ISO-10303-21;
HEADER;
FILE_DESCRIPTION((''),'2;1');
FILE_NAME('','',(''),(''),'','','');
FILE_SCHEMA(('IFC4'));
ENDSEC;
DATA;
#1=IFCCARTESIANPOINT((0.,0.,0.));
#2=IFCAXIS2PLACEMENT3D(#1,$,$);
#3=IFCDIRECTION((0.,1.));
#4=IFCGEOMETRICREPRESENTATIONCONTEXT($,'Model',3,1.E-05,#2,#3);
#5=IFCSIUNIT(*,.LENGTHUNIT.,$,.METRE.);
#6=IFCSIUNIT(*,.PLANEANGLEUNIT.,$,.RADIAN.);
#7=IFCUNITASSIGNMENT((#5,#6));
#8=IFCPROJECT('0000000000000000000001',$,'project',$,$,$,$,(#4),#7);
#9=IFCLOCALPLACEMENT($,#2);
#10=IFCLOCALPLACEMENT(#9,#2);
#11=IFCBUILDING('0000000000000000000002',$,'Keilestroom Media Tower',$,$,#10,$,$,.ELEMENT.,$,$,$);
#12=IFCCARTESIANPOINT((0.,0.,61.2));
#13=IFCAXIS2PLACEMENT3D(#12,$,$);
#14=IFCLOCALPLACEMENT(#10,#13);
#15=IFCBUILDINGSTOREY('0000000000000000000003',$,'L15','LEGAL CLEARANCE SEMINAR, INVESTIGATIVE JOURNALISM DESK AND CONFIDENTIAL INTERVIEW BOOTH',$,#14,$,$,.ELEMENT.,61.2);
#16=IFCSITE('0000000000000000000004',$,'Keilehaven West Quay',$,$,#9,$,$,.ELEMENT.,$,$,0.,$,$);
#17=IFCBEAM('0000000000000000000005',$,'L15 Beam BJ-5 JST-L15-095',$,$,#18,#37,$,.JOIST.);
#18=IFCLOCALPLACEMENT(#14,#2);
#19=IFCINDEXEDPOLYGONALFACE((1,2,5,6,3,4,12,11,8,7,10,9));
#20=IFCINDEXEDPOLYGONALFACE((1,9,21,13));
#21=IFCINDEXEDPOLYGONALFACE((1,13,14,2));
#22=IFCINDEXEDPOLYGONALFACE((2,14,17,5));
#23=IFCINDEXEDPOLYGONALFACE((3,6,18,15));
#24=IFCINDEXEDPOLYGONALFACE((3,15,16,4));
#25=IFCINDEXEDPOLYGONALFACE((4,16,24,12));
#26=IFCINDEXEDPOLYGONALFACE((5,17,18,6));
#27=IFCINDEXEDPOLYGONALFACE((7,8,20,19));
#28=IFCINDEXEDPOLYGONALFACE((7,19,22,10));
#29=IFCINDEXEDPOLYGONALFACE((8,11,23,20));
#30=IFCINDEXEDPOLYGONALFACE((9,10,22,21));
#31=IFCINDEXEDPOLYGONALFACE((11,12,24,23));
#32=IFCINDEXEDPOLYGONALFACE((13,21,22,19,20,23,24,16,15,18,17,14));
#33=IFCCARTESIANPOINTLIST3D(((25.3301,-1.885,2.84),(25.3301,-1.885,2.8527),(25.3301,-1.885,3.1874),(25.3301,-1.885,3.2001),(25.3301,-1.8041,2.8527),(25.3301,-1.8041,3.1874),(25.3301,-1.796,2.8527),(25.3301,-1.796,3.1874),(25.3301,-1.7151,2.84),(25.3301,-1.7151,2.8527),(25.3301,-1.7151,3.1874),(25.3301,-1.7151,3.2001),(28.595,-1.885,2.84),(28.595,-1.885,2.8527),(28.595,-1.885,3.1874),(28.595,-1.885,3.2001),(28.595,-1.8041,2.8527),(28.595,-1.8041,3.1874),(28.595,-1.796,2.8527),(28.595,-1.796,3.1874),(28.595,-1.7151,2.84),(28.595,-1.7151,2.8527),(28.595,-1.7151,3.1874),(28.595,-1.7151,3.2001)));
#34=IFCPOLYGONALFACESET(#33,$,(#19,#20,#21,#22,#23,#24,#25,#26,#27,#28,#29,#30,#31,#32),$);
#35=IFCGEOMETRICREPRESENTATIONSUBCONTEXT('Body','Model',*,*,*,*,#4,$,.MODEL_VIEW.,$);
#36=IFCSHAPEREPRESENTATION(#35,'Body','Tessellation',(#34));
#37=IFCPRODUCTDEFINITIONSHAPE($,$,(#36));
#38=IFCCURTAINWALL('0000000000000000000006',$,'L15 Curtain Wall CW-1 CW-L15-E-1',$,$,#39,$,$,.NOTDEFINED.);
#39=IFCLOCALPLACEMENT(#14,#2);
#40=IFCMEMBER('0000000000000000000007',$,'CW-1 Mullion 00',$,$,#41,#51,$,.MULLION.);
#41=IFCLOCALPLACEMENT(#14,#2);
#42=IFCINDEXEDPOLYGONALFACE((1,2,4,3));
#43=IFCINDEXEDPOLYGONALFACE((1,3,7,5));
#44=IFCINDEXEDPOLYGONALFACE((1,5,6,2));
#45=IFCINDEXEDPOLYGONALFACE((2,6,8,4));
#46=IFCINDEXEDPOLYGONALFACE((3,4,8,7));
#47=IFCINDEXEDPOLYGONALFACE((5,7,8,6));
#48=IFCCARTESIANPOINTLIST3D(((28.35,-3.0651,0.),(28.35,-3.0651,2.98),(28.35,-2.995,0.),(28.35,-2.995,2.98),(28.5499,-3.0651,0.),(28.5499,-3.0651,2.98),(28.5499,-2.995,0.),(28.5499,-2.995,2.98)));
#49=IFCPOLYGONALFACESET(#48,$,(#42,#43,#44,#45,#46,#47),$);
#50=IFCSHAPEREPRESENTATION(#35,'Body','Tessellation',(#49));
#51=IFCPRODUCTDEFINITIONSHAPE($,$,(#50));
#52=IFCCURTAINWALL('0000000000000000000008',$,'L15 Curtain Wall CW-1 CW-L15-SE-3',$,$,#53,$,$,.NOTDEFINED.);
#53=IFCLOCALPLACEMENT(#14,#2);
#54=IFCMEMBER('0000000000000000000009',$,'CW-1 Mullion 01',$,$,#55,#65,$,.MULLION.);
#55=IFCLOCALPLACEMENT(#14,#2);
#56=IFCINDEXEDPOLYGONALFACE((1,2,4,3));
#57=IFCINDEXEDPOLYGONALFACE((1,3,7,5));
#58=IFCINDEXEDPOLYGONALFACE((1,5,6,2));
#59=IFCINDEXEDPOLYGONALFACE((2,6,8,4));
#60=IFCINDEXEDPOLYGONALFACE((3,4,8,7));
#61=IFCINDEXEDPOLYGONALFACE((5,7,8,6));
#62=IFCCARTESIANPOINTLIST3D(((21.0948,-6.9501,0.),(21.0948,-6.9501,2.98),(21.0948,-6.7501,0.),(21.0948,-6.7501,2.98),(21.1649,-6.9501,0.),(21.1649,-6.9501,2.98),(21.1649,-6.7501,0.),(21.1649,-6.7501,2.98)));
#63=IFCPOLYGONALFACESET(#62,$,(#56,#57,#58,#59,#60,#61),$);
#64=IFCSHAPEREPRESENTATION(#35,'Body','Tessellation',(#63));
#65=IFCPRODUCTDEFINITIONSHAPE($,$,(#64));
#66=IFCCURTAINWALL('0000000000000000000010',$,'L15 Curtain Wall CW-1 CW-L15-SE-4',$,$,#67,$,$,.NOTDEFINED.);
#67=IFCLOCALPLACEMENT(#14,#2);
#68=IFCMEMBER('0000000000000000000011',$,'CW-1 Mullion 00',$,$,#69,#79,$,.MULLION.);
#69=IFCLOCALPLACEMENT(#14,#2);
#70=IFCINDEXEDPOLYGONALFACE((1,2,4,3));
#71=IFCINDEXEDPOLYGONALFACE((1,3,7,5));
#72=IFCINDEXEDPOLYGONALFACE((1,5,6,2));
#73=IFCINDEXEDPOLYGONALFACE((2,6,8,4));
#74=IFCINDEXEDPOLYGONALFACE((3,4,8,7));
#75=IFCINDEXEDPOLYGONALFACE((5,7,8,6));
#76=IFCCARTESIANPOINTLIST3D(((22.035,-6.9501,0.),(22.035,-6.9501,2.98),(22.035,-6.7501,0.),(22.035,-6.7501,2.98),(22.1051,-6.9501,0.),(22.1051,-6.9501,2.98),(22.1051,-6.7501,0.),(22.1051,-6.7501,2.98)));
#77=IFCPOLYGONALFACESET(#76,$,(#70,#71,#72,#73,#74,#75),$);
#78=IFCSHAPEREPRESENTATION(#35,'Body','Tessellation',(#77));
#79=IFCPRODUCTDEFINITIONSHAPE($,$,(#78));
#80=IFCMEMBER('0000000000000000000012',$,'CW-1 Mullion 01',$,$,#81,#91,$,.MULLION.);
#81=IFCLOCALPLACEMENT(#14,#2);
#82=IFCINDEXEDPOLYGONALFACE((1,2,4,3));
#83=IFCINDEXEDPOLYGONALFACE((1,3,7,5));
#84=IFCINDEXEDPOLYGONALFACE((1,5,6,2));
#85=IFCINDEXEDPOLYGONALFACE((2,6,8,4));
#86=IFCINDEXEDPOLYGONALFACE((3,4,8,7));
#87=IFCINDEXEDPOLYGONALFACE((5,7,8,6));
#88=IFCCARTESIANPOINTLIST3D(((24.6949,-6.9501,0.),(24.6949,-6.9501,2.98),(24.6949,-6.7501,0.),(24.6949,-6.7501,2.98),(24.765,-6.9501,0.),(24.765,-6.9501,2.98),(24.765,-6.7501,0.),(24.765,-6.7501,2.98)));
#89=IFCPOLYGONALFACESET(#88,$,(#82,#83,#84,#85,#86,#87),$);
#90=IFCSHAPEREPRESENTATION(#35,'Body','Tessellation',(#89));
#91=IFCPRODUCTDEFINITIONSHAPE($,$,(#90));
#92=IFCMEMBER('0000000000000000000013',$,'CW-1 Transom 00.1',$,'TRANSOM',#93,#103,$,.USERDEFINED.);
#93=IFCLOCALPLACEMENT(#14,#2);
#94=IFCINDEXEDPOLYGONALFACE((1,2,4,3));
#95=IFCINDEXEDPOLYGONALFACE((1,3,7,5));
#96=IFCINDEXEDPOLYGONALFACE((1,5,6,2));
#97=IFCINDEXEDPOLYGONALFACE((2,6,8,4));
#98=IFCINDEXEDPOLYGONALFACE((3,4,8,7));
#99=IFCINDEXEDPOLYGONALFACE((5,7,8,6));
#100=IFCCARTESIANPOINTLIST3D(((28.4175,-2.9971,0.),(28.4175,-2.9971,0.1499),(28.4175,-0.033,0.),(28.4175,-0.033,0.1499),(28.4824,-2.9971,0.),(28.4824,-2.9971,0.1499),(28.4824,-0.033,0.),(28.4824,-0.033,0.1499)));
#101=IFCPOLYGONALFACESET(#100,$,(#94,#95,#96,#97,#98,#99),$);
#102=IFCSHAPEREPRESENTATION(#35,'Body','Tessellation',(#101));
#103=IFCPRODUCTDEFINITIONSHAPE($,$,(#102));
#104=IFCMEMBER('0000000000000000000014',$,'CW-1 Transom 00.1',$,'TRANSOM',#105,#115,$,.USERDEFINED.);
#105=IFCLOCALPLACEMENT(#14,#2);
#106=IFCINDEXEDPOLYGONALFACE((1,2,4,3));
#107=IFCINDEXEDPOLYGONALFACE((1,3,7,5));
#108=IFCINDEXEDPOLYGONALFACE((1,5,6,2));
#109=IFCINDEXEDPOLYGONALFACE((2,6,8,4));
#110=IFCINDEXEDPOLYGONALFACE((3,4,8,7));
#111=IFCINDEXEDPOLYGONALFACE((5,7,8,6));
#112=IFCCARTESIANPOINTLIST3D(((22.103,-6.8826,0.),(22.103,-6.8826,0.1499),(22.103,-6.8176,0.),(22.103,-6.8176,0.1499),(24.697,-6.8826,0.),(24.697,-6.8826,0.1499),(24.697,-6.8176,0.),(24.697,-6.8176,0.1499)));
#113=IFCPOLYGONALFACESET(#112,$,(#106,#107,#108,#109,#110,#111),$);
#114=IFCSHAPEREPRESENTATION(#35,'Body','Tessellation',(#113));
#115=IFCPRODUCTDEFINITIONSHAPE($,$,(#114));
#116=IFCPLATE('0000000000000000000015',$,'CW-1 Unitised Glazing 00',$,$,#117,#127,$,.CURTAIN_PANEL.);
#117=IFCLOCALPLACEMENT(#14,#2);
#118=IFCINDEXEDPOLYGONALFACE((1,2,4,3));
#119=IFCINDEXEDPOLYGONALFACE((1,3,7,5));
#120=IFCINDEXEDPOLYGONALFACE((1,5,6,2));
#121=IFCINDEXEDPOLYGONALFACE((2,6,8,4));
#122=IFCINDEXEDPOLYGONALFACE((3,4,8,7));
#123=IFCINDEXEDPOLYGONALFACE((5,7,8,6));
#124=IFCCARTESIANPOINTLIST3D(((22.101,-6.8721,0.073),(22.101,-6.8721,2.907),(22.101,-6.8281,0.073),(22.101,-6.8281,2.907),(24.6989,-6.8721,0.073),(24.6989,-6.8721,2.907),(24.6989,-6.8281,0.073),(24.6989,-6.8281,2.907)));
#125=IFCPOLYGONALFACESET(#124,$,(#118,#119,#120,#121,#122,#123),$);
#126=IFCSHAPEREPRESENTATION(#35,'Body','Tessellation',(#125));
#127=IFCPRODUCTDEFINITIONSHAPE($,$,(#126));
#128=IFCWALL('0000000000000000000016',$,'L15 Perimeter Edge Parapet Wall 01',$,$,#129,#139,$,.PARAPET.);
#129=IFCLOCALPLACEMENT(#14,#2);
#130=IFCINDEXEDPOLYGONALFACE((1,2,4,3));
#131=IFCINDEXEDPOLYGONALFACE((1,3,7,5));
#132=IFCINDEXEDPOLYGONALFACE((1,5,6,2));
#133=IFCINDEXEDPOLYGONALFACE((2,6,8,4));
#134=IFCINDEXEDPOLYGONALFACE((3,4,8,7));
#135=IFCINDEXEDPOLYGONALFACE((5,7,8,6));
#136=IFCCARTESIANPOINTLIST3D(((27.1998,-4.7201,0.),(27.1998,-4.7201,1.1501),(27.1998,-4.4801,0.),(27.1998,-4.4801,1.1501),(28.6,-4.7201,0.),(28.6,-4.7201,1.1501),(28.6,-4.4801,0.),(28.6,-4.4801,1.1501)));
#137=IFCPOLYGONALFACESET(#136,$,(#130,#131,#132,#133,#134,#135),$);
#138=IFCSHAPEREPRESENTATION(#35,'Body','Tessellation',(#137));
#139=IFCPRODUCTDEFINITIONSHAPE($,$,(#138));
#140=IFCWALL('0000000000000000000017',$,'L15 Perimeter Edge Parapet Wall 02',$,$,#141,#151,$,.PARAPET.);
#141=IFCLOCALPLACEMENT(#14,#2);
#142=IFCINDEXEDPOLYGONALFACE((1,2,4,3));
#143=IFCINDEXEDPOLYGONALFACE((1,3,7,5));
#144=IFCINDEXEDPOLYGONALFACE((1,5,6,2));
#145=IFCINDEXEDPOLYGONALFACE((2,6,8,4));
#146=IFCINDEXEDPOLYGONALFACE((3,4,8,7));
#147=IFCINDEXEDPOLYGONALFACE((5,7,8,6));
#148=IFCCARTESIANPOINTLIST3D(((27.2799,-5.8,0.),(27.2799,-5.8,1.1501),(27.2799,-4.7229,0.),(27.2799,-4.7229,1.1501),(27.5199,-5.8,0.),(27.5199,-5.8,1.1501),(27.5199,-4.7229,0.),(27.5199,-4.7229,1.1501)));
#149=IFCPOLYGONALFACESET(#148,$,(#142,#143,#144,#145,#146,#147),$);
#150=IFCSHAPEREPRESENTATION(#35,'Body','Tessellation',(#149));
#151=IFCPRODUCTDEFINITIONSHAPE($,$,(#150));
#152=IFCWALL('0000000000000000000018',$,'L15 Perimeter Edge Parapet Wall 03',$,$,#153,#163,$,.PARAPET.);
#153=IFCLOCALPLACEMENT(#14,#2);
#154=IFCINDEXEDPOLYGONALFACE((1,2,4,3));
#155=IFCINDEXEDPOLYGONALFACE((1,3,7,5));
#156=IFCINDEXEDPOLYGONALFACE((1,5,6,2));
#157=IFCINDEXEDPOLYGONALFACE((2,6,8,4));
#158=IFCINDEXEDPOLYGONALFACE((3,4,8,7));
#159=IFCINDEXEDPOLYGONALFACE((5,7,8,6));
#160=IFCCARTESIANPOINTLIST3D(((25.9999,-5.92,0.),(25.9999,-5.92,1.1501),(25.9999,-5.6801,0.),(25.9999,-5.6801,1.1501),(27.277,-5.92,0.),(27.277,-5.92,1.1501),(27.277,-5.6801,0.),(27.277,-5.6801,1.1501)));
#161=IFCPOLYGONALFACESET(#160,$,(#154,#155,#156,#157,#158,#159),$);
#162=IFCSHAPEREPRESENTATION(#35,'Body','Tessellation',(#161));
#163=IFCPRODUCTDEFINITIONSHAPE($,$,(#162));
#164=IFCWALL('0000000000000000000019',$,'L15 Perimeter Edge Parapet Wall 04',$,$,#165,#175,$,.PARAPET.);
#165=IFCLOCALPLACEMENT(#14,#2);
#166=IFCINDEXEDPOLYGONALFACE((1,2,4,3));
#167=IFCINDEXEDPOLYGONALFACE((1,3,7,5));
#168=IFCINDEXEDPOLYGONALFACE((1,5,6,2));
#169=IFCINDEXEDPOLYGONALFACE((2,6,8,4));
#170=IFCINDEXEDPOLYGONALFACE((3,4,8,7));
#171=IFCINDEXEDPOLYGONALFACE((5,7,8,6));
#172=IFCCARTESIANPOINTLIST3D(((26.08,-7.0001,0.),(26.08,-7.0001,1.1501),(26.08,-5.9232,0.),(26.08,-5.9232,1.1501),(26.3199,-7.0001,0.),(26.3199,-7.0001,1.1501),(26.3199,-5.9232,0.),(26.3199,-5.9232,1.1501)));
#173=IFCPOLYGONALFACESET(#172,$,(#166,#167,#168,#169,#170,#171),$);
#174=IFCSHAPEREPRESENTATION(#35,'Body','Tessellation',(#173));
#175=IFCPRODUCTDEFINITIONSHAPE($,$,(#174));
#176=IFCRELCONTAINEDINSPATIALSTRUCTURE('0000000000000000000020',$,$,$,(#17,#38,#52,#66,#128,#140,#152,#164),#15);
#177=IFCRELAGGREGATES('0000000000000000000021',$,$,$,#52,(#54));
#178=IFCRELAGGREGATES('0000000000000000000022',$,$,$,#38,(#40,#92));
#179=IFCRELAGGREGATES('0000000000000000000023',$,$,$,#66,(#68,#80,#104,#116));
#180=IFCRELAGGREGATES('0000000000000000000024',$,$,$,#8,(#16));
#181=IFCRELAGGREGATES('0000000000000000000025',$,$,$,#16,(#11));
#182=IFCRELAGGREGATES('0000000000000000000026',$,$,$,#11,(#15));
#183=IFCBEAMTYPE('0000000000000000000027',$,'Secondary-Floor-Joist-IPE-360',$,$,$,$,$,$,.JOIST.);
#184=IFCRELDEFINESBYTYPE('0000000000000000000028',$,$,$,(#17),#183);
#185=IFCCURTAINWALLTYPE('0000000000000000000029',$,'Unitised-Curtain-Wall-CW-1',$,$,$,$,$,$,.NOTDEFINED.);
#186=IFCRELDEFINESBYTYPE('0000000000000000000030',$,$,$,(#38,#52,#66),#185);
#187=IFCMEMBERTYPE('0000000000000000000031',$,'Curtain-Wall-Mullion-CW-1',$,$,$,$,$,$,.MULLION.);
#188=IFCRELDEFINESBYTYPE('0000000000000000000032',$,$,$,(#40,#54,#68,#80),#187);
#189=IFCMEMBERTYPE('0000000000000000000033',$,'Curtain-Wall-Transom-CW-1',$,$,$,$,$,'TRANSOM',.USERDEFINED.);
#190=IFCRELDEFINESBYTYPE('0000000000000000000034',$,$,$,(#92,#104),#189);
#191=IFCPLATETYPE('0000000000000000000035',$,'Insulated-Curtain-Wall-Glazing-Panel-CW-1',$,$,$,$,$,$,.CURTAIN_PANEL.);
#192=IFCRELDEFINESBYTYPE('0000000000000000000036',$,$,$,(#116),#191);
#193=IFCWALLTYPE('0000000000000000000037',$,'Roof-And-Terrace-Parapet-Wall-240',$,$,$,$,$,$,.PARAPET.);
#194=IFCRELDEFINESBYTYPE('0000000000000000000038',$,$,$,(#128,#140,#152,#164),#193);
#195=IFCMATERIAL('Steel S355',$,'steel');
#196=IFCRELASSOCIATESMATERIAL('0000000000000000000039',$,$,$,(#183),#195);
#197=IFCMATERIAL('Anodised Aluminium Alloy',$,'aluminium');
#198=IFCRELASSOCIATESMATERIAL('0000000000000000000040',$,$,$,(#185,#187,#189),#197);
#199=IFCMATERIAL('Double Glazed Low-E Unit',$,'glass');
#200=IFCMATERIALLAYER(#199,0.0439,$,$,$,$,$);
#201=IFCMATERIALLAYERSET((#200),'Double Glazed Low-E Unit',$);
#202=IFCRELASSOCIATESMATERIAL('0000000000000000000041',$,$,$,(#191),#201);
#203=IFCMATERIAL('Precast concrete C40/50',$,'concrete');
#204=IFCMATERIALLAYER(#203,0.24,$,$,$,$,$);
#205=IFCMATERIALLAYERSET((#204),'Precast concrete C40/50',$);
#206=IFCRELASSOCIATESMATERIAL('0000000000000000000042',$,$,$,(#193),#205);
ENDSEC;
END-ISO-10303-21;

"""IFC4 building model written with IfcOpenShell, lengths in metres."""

from ifc_helpers import new_model, si_unit, direction, frame, frame_2d, origin, origin_2d, place, context, subcontext, project, spatial, rectangle, i_section, extrude, source, transform, mapped, material, layer, layer_set, material_profile, profile_set, type_object, element, aggregate, save


model = new_model("IFC4")

# Units and contexts
model_context = context("Model", 3, precision=1e-05, world=origin(), true_north=direction((0.0, 1.0)))
body_context = subcontext(model_context, "Body", "Model", "MODEL_VIEW")
ifc_project = project(units=[si_unit("LENGTHUNIT", "METRE"), si_unit("PLANEANGLEUNIT", "RADIAN")], contexts=[model_context])

# Site, building, storey
site_placement = place(None, origin())
site = spatial("IfcSite", under=ifc_project, at=site_placement, Name="Keilehaven West Quay", CompositionType="ELEMENT", RefElevation=0.0)
building_placement = place(site_placement, origin())
building = spatial("IfcBuilding", under=site, at=building_placement, Name="Keilestroom Media Tower", CompositionType="ELEMENT")
storey_placement = place(building_placement, frame((0.0, 0.0, 61.2)))
storey = spatial("IfcBuildingStorey", under=building, at=storey_placement, Name="L15", Description="LEGAL CLEARANCE SEMINAR, INVESTIGATIVE JOURNALISM DESK AND CONFIDENTIAL INTERVIEW BOOTH", CompositionType="ELEMENT", Elevation=61.2)

# Shared definitions
ifc_material_1 = material(Name="Precast concrete C40/50", Category="concrete")

# Beam
ifc_material_2 = material(Name="Steel S355", Category="steel")
ifc_material_profile_1 = material_profile(ifc_material_2, i_section(OverallWidth=0.1699, OverallDepth=0.3601, WebThickness=0.0081, FlangeThickness=0.0127, at=origin_2d()), Name="IPE 360")
ifc_profile_set_1 = profile_set([ifc_material_profile_1], Name="Steel S355")
beam_type_1 = type_object("IfcBeamType", Name="Secondary-Floor-Joist-IPE-360", PredefinedType="JOIST", material=ifc_profile_set_1)
shared_shape_1 = source(origin(), body_context, "Body", "SweptSolid", [
    extrude(i_section(OverallWidth=0.1699, OverallDepth=0.3601, WebThickness=0.0081, FlangeThickness=0.0127, at=origin_2d()), origin(), (0.0, 0.0, 1.0), 3.2649),
])
beam_1_placement = place(storey_placement, frame((25.3301, -1.8, 3.02), z_axis=(1.0, 0.0, 0.0), x_axis=(0.0, 1.0, 0.0)))
element("IfcBeam", 1, at=beam_1_placement, inside=storey, type_object=beam_type_1, Name="L15 Beam BJ-5 JST-L15-095", PredefinedType="JOIST", context=body_context, shape_type="MappedRepresentation", body=[
    mapped(shared_shape_1, transform((0.0, 0.0, 0.0), x_axis=(1.0, 0.0, 0.0), y_axis=(0.0, 1.0, 0.0), z_axis=(0.0, 0.0, 1.0), scale=1.0)),
])

# Curtain walls, members
ifc_material_3 = material(Name="Anodised Aluminium Alloy", Category="aluminium")
curtain_wall_type = type_object("IfcCurtainWallType", Name="Unitised-Curtain-Wall-CW-1", PredefinedType="NOTDEFINED", material=ifc_material_3)
curtain_wall_1_placement = place(storey_placement, origin())
curtain_wall_1 = element("IfcCurtainWall", 2, at=curtain_wall_1_placement, inside=storey, type_object=curtain_wall_type, Name="L15 Curtain Wall CW-1 CW-L15-E-1", PredefinedType="NOTDEFINED")
ifc_material_profile_2 = material_profile(ifc_material_3, rectangle(XDim=0.0701, YDim=0.2, at=origin_2d()), Name="ALU MULLION 70x200")
ifc_profile_set_2 = profile_set([ifc_material_profile_2], Name="Anodised Aluminium Alloy")
member_type_1 = type_object("IfcMemberType", Name="Curtain-Wall-Mullion-CW-1", PredefinedType="MULLION", material=ifc_profile_set_2)
shared_shape_2 = source(origin(), body_context, "Body", "SweptSolid", [
    extrude(rectangle(XDim=0.0701, YDim=0.2, at=origin_2d()), origin(), (0.0, 0.0, 1.0), 2.98),
])
member_1_placement = place(storey_placement, frame((28.45, -3.03, 0.0), z_axis=(0.0, 0.0, 1.0), x_axis=(0.0, 1.0, 0.0)))
member_1 = element("IfcMember", 3, at=member_1_placement, type_object=member_type_1, Name="CW-1 Mullion 00", PredefinedType="MULLION", context=body_context, shape_type="MappedRepresentation", body=[
    mapped(shared_shape_2, transform((0.0, 0.0, 0.0), x_axis=(1.0, 0.0, 0.0), y_axis=(0.0, 1.0, 0.0), z_axis=(0.0, 0.0, 1.0), scale=1.0)),
])
curtain_wall_2_placement = place(storey_placement, origin())
curtain_wall_2 = element("IfcCurtainWall", 4, at=curtain_wall_2_placement, inside=storey, type_object=curtain_wall_type, Name="L15 Curtain Wall CW-1 CW-L15-SE-3", PredefinedType="NOTDEFINED")
member_2_placement = place(storey_placement, frame((21.1299, -6.8501, 0.0), z_axis=(0.0, 0.0, 1.0), x_axis=(1.0, 0.0, 0.0)))
member_2 = element("IfcMember", 5, at=member_2_placement, type_object=member_type_1, Name="CW-1 Mullion 01", PredefinedType="MULLION", context=body_context, shape_type="MappedRepresentation", body=[
    mapped(shared_shape_2, transform((0.0, 0.0, 0.0), x_axis=(1.0, 0.0, 0.0), y_axis=(0.0, 1.0, 0.0), z_axis=(0.0, 0.0, 1.0), scale=1.0)),
])
aggregate(curtain_wall_2, [member_2])

# Curtain wall, members
curtain_wall_3_placement = place(storey_placement, origin())
curtain_wall_3 = element("IfcCurtainWall", 6, at=curtain_wall_3_placement, inside=storey, type_object=curtain_wall_type, Name="L15 Curtain Wall CW-1 CW-L15-SE-4", PredefinedType="NOTDEFINED")
member_3_placement = place(storey_placement, frame((22.0701, -6.8501, 0.0), z_axis=(0.0, 0.0, 1.0), x_axis=(1.0, 0.0, 0.0)))
member_3 = element("IfcMember", 7, at=member_3_placement, type_object=member_type_1, Name="CW-1 Mullion 00", PredefinedType="MULLION", context=body_context, shape_type="MappedRepresentation", body=[
    mapped(shared_shape_2, transform((0.0, 0.0, 0.0), x_axis=(1.0, 0.0, 0.0), y_axis=(0.0, 1.0, 0.0), z_axis=(0.0, 0.0, 1.0), scale=1.0)),
])
member_4_placement = place(storey_placement, frame((24.73, -6.8501, 0.0), z_axis=(0.0, 0.0, 1.0), x_axis=(1.0, 0.0, 0.0)))
member_4 = element("IfcMember", 8, at=member_4_placement, type_object=member_type_1, Name="CW-1 Mullion 01", PredefinedType="MULLION", context=body_context, shape_type="MappedRepresentation", body=[
    mapped(shared_shape_2, transform((0.0, 0.0, 0.0), x_axis=(1.0, 0.0, 0.0), y_axis=(0.0, 1.0, 0.0), z_axis=(0.0, 0.0, 1.0), scale=1.0)),
])

# Members
ifc_material_profile_3 = material_profile(ifc_material_3, rectangle(XDim=0.0649, YDim=0.1499, at=origin_2d()), Name="ALU TRANSOM 65x150")
ifc_profile_set_3 = profile_set([ifc_material_profile_3], Name="Anodised Aluminium Alloy")
member_type_2 = type_object("IfcMemberType", Name="Curtain-Wall-Transom-CW-1", ElementType="TRANSOM", PredefinedType="USERDEFINED", material=ifc_profile_set_3)
shared_shape_3 = source(origin(), body_context, "Body", "SweptSolid", [
    extrude(rectangle(XDim=0.0649, YDim=0.1499, at=origin_2d()), origin(), (0.0, 0.0, 1.0), 2.9641),
])
member_5_placement = place(storey_placement, frame((28.45, -2.9971, 0.075), z_axis=(0.0, 1.0, 0.0), x_axis=(-1.0, 0.0, 0.0)))
member_5 = element("IfcMember", 9, at=member_5_placement, type_object=member_type_2, Name="CW-1 Transom 00.1", ObjectType="TRANSOM", PredefinedType="USERDEFINED", context=body_context, shape_type="MappedRepresentation", body=[
    mapped(shared_shape_3, transform((0.0, 0.0, 0.0), x_axis=(1.0, 0.0, 0.0), y_axis=(0.0, 1.0, 0.0), z_axis=(0.0, 0.0, 1.0), scale=1.0)),
])
aggregate(curtain_wall_1, [member_1, member_5])
shared_shape_4 = source(origin(), body_context, "Body", "SweptSolid", [
    extrude(rectangle(XDim=0.0649, YDim=0.1499, at=origin_2d()), origin(), (0.0, 0.0, 1.0), 2.594),
])
member_6_placement = place(storey_placement, frame((22.103, -6.8501, 0.075), z_axis=(1.0, 0.0, 0.0), x_axis=(0.0, 1.0, 0.0)))
member_6 = element("IfcMember", 10, at=member_6_placement, type_object=member_type_2, Name="CW-1 Transom 00.1", ObjectType="TRANSOM", PredefinedType="USERDEFINED", context=body_context, shape_type="MappedRepresentation", body=[
    mapped(shared_shape_4, transform((0.0, 0.0, 0.0), x_axis=(1.0, 0.0, 0.0), y_axis=(0.0, 1.0, 0.0), z_axis=(0.0, 0.0, 1.0), scale=1.0)),
])

# Plate
ifc_material_4 = material(Name="Double Glazed Low-E Unit", Category="glass")
ifc_layer_1 = layer(ifc_material_4, 0.0439)
ifc_layer_set_1 = layer_set([ifc_layer_1], Name="Double Glazed Low-E Unit")
plate_type = type_object("IfcPlateType", Name="Insulated-Curtain-Wall-Glazing-Panel-CW-1", PredefinedType="CURTAIN_PANEL", material=ifc_layer_set_1)
shared_shape_5 = source(origin(), body_context, "Body", "SweptSolid", [
    extrude(rectangle(XDim=2.5979, YDim=0.0439, at=origin_2d()), origin(), (0.0, 0.0, 1.0), 2.834),
])
plate_placement = place(storey_placement, frame((23.3999, -6.8501, 0.073), z_axis=(0.0, 0.0, 1.0), x_axis=(1.0, 0.0, 0.0)))
plate = element("IfcPlate", 11, at=plate_placement, type_object=plate_type, Name="CW-1 Unitised Glazing 00", PredefinedType="CURTAIN_PANEL", context=body_context, shape_type="MappedRepresentation", body=[
    mapped(shared_shape_5, transform((0.0, 0.0, 0.0), x_axis=(1.0, 0.0, 0.0), y_axis=(0.0, 1.0, 0.0), z_axis=(0.0, 0.0, 1.0), scale=1.0)),
])
aggregate(curtain_wall_3, [member_3, member_4, member_6, plate])

# Walls
ifc_layer_2 = layer(ifc_material_1, 0.24)
ifc_layer_set_2 = layer_set([ifc_layer_2], Name="Precast concrete C40/50")
wall_type = type_object("IfcWallType", Name="Roof-And-Terrace-Parapet-Wall-240", PredefinedType="PARAPET", material=ifc_layer_set_2)
wall_1_placement = place(storey_placement, frame((28.6001, -4.6001, 0.0), z_axis=(0.0, 0.0, 1.0), x_axis=(-1.0, 0.0, 0.0)))
element("IfcWall", 12, at=wall_1_placement, inside=storey, type_object=wall_type, Name="L15 Perimeter Edge Parapet Wall 01", PredefinedType="PARAPET", context=body_context, shape_type="SweptSolid", body=[
    extrude(rectangle(XDim=1.4001, YDim=0.24, at=frame_2d((0.7002, 0.0))), origin(), (0.0, 0.0, 1.0), 1.1501),
])
wall_2_placement = place(storey_placement, frame((27.3999, -4.7229, 0.0), z_axis=(0.0, 0.0, 1.0), x_axis=(0.0, -1.0, 0.0)))
element("IfcWall", 13, at=wall_2_placement, inside=storey, type_object=wall_type, Name="L15 Perimeter Edge Parapet Wall 02", PredefinedType="PARAPET", context=body_context, shape_type="SweptSolid", body=[
    extrude(rectangle(XDim=1.0771, YDim=0.24, at=frame_2d((0.5386, 0.0))), origin(), (0.0, 0.0, 1.0), 1.1501),
])
wall_3_placement = place(storey_placement, frame((27.2771, -5.8, 0.0), z_axis=(0.0, 0.0, 1.0), x_axis=(-1.0, 0.0, 0.0)))
element("IfcWall", 14, at=wall_3_placement, inside=storey, type_object=wall_type, Name="L15 Perimeter Edge Parapet Wall 03", PredefinedType="PARAPET", context=body_context, shape_type="SweptSolid", body=[
    extrude(rectangle(XDim=1.2771, YDim=0.24, at=frame_2d((0.6387, 0.0))), origin(), (0.0, 0.0, 1.0), 1.1501),
])
wall_4_placement = place(storey_placement, frame((26.2, -5.9231, 0.0), z_axis=(0.0, 0.0, 1.0), x_axis=(0.0, -1.0, 0.0)))
element("IfcWall", 15, at=wall_4_placement, inside=storey, type_object=wall_type, Name="L15 Perimeter Edge Parapet Wall 04", PredefinedType="PARAPET", context=body_context, shape_type="SweptSolid", body=[
    extrude(rectangle(XDim=1.0769, YDim=0.24, at=frame_2d((0.5386, 0.0))), origin(), (0.0, 0.0, 1.0), 1.1501),
])

save(model, "model.ifc")
